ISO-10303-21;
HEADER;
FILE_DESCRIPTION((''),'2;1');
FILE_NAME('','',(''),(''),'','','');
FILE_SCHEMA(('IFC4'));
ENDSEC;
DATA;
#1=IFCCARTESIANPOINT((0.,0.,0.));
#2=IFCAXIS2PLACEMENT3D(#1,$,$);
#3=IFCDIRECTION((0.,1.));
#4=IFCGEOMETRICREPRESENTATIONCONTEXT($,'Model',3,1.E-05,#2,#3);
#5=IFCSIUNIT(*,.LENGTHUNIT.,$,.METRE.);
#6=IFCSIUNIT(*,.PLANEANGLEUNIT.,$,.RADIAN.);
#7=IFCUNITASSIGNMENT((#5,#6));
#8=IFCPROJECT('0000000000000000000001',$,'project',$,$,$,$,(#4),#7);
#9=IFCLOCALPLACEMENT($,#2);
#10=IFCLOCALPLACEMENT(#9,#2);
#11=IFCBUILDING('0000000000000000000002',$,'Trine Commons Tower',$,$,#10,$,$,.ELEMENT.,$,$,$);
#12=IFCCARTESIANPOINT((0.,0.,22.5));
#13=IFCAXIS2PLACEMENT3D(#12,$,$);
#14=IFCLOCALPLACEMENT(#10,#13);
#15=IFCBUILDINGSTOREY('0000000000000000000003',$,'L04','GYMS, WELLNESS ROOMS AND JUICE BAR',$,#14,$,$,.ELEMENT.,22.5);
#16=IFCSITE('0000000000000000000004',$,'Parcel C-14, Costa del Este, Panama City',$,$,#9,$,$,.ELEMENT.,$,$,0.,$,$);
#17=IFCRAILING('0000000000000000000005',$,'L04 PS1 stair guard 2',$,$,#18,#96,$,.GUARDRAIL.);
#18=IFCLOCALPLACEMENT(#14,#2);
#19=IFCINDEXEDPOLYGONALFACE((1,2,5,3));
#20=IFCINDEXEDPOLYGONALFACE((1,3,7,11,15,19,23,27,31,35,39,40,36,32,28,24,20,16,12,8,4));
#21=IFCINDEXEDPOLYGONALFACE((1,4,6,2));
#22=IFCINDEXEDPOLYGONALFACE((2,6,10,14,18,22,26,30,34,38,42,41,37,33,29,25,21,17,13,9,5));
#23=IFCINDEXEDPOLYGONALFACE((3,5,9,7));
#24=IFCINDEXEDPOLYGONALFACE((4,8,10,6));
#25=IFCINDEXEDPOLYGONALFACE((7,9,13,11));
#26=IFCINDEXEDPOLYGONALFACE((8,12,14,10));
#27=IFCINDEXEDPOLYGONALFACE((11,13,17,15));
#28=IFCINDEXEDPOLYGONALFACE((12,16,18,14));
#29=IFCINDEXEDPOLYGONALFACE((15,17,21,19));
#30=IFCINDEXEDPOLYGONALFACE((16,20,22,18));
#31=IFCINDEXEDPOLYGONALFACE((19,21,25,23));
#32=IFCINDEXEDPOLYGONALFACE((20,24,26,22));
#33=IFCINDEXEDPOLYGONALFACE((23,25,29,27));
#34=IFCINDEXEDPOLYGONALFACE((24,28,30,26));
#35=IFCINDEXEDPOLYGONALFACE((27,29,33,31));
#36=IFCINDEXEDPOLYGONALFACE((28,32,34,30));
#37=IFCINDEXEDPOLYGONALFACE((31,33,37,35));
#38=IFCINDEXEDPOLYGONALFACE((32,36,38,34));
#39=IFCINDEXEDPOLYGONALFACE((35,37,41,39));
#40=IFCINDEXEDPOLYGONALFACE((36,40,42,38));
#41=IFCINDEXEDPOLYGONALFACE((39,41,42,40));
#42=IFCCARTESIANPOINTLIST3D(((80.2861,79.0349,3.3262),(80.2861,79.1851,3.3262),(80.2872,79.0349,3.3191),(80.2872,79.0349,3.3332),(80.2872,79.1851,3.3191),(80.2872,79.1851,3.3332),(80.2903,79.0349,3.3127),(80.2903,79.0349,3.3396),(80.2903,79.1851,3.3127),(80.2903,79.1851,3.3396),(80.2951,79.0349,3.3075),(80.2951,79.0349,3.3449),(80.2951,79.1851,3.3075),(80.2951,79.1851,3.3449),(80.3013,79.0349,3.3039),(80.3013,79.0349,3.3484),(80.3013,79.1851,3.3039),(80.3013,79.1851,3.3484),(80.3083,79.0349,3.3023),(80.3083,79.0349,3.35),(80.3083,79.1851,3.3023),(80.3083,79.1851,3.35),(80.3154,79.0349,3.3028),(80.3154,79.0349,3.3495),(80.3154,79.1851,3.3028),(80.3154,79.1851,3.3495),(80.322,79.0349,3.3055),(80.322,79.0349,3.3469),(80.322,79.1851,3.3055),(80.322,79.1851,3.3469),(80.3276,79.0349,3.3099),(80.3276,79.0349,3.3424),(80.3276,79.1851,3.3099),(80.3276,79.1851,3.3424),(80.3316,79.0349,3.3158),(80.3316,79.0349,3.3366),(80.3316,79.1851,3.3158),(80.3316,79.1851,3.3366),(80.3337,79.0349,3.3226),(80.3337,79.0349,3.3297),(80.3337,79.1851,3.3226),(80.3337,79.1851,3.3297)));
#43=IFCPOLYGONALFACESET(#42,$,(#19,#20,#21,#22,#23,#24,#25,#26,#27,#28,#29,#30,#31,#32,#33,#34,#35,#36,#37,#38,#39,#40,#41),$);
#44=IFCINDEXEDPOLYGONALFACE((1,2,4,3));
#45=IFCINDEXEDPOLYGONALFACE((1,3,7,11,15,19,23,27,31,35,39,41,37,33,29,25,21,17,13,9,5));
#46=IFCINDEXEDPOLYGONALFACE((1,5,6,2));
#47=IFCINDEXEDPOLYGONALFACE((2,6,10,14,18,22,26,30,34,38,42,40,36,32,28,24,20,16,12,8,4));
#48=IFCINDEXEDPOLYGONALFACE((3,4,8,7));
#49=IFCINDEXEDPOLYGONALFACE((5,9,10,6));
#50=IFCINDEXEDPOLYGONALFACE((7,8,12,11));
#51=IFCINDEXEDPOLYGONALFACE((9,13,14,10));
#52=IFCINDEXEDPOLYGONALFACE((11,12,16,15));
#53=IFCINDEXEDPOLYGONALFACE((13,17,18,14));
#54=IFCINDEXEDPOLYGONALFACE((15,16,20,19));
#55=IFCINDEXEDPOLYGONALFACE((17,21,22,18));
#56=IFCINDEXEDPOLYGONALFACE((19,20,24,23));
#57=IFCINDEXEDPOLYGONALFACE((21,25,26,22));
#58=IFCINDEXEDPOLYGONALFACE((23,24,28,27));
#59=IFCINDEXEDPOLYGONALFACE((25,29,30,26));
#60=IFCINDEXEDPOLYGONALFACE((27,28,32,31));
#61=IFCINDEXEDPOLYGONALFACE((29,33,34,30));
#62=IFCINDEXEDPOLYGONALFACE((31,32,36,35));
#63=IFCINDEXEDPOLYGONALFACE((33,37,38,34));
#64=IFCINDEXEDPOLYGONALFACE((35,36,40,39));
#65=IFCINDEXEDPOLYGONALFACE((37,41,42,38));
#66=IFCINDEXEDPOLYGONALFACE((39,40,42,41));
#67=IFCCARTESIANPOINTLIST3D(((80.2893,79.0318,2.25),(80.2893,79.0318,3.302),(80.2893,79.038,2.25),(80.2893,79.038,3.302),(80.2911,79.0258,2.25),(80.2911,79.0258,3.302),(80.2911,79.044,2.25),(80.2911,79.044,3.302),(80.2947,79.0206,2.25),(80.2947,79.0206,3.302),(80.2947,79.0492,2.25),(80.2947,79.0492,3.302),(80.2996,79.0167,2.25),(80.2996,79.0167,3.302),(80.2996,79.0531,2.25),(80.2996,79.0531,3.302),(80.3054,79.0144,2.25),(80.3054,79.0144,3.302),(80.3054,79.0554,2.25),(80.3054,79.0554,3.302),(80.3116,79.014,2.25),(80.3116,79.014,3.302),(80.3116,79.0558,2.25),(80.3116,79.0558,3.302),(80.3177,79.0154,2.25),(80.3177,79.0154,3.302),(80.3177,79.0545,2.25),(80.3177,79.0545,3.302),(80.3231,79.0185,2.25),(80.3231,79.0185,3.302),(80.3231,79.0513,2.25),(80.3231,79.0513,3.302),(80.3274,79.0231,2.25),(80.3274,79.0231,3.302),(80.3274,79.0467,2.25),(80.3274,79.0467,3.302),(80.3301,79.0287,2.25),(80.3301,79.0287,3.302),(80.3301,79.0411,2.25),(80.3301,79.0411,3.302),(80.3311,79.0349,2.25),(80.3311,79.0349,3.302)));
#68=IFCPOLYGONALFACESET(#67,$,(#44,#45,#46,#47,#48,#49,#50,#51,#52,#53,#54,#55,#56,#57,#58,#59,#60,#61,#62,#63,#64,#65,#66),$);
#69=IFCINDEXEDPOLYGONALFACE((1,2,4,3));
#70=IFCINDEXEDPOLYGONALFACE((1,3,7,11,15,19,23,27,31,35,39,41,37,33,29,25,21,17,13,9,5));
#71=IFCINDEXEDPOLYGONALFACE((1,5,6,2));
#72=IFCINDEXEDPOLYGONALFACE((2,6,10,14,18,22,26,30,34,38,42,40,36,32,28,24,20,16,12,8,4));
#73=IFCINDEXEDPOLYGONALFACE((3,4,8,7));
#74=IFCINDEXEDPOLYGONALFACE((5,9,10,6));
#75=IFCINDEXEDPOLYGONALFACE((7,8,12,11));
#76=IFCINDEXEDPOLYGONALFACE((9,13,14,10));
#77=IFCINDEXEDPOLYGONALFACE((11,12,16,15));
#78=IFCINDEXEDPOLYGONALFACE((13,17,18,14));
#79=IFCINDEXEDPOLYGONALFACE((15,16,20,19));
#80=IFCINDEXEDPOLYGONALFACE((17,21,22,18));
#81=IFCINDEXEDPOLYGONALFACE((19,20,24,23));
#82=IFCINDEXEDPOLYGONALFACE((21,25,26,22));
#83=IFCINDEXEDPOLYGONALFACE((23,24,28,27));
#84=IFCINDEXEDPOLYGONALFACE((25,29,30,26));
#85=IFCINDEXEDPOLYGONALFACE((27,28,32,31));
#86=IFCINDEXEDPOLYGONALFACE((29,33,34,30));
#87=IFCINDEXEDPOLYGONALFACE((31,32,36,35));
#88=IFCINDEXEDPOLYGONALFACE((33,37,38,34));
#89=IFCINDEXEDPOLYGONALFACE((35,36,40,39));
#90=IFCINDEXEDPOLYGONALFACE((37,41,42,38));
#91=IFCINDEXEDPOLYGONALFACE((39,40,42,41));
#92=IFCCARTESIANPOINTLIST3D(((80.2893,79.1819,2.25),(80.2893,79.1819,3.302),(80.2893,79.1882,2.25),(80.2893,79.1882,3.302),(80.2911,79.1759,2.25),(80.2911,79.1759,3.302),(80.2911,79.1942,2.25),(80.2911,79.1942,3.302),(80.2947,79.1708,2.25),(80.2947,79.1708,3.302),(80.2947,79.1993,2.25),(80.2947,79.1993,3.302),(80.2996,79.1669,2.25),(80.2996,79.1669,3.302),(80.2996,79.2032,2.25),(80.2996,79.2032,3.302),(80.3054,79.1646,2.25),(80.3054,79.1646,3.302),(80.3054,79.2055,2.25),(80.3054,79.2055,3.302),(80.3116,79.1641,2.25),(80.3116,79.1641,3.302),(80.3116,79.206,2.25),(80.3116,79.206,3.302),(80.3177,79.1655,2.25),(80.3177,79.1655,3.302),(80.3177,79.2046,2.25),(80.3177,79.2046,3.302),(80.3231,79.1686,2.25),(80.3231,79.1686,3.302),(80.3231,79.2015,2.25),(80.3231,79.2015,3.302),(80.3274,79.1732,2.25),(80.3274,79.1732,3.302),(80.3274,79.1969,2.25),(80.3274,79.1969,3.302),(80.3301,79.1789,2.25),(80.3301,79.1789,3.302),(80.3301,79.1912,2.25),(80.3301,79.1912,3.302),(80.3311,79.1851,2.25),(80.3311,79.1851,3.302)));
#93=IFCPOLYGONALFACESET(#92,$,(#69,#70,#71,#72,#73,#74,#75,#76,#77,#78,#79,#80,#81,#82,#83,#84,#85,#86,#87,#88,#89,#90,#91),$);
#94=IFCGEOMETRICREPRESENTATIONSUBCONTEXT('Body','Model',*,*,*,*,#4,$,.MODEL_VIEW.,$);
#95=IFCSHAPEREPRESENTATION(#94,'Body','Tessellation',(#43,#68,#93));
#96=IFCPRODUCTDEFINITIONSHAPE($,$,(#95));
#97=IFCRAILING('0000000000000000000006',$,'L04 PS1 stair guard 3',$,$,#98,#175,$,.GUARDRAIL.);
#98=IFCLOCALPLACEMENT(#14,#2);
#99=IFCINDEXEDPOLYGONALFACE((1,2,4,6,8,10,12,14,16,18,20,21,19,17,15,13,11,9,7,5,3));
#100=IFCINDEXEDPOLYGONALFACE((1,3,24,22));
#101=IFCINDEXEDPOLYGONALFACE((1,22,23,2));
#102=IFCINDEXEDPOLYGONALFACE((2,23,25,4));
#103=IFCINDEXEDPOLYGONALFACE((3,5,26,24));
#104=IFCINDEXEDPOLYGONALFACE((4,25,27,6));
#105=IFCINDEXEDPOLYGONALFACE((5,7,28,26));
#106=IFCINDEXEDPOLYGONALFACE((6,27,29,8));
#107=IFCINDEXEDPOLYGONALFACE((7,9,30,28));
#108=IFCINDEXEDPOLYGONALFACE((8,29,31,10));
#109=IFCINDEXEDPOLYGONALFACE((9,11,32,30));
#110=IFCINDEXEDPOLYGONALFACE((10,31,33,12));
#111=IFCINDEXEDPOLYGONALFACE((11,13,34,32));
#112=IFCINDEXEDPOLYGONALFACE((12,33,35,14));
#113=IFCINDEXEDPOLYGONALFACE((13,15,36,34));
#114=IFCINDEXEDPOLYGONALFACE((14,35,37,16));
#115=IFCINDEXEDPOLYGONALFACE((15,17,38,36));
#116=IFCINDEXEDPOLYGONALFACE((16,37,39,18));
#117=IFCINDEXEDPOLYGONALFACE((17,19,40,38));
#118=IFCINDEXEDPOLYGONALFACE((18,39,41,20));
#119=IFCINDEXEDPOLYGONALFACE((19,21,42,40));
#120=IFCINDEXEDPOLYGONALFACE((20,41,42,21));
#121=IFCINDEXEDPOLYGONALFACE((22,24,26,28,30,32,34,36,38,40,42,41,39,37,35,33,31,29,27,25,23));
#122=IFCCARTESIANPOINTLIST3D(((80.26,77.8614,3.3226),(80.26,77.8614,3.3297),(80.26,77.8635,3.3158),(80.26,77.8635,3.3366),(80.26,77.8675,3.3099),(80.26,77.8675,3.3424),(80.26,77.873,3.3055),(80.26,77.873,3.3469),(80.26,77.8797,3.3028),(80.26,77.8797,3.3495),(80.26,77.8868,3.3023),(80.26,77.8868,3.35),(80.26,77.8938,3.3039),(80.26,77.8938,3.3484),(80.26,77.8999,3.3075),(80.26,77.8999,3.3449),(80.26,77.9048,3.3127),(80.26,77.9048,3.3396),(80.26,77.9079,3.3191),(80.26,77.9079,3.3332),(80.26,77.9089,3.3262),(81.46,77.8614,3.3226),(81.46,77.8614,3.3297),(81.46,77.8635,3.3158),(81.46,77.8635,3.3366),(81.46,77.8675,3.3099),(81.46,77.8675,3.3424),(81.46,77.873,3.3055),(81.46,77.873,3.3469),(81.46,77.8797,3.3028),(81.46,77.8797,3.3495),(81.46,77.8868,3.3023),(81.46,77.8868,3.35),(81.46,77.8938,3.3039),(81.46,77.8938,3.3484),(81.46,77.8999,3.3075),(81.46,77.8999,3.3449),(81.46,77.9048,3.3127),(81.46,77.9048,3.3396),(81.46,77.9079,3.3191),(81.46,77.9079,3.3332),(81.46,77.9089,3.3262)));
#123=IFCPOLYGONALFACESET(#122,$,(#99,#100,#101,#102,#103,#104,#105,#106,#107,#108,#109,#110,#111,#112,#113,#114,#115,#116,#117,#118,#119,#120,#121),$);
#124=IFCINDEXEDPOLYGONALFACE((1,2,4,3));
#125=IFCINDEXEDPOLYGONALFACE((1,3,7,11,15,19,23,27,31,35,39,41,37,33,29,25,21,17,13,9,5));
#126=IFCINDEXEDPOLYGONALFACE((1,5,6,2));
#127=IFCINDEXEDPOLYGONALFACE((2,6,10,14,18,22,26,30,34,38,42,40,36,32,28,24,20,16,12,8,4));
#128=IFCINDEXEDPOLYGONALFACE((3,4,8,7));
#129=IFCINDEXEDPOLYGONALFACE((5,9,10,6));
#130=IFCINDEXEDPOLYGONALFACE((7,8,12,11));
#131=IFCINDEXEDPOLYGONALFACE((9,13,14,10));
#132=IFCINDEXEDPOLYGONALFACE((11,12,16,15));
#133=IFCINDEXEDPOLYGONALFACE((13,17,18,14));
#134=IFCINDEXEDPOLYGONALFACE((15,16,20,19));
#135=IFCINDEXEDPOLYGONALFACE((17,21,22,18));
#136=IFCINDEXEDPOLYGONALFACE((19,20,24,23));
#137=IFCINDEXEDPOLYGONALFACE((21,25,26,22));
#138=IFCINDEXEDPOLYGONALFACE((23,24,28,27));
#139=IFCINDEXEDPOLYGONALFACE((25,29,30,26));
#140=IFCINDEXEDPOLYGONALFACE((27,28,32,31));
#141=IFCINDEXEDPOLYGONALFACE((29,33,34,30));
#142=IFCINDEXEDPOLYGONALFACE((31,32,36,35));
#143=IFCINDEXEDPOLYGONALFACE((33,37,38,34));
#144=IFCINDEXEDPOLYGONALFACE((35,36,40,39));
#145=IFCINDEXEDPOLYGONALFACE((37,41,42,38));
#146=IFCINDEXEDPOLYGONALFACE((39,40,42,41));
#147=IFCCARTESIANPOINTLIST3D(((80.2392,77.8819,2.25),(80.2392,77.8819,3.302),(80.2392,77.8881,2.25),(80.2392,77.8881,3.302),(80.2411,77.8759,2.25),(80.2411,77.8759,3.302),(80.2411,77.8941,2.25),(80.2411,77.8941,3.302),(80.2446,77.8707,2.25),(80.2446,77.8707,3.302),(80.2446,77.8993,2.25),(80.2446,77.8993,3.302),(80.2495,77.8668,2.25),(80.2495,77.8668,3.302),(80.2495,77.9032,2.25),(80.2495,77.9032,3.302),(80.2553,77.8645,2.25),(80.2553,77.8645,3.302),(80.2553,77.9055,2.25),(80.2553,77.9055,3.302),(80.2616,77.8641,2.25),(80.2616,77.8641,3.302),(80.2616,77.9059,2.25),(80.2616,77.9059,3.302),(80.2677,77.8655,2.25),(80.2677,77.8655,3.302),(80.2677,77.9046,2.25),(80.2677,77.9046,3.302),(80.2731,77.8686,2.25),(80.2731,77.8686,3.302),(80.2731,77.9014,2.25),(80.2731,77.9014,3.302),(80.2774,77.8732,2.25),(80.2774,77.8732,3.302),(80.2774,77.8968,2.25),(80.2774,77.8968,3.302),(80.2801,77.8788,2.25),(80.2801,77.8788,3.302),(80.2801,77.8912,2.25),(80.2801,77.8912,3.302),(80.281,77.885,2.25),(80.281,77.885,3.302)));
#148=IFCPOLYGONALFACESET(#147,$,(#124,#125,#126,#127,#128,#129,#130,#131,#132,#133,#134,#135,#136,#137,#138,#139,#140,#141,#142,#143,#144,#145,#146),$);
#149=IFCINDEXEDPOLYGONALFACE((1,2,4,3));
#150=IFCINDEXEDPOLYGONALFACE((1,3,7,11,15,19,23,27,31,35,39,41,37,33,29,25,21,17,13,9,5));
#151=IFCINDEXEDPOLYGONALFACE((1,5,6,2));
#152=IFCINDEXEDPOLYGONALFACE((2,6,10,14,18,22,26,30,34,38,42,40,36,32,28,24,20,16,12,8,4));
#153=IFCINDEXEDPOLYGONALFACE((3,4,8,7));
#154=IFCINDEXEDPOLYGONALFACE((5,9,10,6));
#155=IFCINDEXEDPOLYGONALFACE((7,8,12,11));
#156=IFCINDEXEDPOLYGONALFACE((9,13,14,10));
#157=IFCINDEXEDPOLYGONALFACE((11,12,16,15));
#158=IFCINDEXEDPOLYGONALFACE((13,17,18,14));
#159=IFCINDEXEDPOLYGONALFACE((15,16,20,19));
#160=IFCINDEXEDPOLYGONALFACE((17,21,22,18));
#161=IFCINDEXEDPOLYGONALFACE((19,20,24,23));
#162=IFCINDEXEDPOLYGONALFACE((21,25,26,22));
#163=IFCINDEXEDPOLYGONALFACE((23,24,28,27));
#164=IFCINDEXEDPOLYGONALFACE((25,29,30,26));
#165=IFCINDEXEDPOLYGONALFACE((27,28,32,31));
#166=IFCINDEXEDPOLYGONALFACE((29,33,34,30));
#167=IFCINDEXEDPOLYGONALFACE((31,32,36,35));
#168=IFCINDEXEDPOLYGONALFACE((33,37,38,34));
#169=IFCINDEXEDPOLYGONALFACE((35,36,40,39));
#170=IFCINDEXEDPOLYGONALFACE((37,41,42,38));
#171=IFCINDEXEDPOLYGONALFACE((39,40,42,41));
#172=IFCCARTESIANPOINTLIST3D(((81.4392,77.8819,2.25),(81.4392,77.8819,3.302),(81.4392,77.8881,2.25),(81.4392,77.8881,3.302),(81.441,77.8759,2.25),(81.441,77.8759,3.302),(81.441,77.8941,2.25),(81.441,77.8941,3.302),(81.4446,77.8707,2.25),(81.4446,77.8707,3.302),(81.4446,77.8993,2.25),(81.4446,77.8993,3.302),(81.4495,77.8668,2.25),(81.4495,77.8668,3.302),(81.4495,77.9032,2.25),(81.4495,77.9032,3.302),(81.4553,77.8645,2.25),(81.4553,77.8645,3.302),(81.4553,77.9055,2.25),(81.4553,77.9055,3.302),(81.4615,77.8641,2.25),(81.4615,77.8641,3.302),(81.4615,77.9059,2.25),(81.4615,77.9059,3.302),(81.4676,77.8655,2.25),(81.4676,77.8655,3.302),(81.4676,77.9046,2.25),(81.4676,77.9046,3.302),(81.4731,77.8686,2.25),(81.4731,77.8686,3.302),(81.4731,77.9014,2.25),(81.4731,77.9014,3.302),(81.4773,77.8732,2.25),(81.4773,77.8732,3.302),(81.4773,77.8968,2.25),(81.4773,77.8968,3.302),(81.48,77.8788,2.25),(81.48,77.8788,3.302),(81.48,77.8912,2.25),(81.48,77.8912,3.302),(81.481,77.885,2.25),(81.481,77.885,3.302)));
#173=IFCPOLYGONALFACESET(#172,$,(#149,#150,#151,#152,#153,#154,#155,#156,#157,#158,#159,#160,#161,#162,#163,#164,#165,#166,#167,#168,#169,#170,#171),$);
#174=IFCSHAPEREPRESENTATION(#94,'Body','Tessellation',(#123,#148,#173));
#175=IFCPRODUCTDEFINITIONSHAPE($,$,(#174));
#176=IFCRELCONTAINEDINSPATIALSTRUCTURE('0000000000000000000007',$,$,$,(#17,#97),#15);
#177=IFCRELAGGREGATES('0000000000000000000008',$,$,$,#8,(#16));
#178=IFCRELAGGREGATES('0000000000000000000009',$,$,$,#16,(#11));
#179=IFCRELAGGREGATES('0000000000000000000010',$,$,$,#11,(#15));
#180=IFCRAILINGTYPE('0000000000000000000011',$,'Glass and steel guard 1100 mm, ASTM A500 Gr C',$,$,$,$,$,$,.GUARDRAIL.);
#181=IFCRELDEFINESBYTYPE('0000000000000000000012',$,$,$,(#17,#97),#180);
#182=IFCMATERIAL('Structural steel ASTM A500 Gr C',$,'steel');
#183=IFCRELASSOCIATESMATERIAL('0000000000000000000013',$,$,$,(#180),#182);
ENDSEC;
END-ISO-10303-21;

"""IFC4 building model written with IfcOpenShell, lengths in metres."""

from ifc_helpers import new_model, si_unit, direction, frame, origin, origin_2d, place, context, subcontext, project, spatial, circle, extrude, material, type_object, element, save


model = new_model("IFC4")

# Units and contexts
model_context = context("Model", 3, precision=1e-05, world=origin(), true_north=direction((0.0, 1.0)))
body_context = subcontext(model_context, "Body", "Model", "MODEL_VIEW")
ifc_project = project(units=[si_unit("LENGTHUNIT", "METRE"), si_unit("PLANEANGLEUNIT", "RADIAN")], contexts=[model_context])

# Site, building, storey
site_placement = place(None, origin())
site = spatial("IfcSite", under=ifc_project, at=site_placement, Name="Parcel C-14, Costa del Este, Panama City", CompositionType="ELEMENT", RefElevation=0.0)
building_placement = place(site_placement, origin())
building = spatial("IfcBuilding", under=site, at=building_placement, Name="Trine Commons Tower", CompositionType="ELEMENT")
storey_placement = place(building_placement, frame((0.0, 0.0, 22.5)))
storey = spatial("IfcBuildingStorey", under=building, at=storey_placement, Name="L04", Description="GYMS, WELLNESS ROOMS AND JUICE BAR", CompositionType="ELEMENT", Elevation=22.5)

# Railings
ifc_material_1 = material(Name="Structural steel ASTM A500 Gr C", Category="steel")
railing_type_1 = type_object("IfcRailingType", Name="Glass and steel guard 1100 mm, ASTM A500 Gr C", PredefinedType="GUARDRAIL", material=ifc_material_1)
railing_1_placement = place(storey_placement, frame((80.3101, 79.0349, 2.25)))
element("IfcRailing", 1, at=railing_1_placement, inside=storey, type_object=railing_type_1, Name="L04 PS1 stair guard 2", PredefinedType="GUARDRAIL", context=body_context, shape_type="SweptSolid", body=[
    extrude(circle(Radius=0.0239, at=origin_2d()), frame((0.0, 0.0, 1.0762), z_axis=(0.0, 1.0, 0.0), x_axis=(-1.0, 0.0, 0.0)), (0.0, 0.0, 1.0), 0.1501),
    extrude(circle(Radius=0.021, at=origin_2d()), origin(), (0.0, 0.0, 1.0), 1.052),
    extrude(circle(Radius=0.021, at=origin_2d()), frame((0.0, 0.1501, 0.0)), (0.0, 0.0, 1.0), 1.052),
])
for number, where, name in (
    (2, (80.26, 77.885, 2.25), "L04 PS1 stair guard 3"),
):
    element("IfcRailing", number, at=place(storey_placement, frame(where)), inside=storey, type_object=railing_type_1, Name=name, PredefinedType="GUARDRAIL", context=body_context, shape_type="SweptSolid", body=[
        extrude(circle(Radius=0.0239, at=origin_2d()), frame((0.0, 0.0, 1.0762), z_axis=(1.0, 0.0, 0.0), x_axis=(0.0, 1.0, 0.0)), (0.0, 0.0, 1.0), 1.2),
        extrude(circle(Radius=0.021, at=origin_2d()), origin(), (0.0, 0.0, 1.0), 1.052),
        extrude(circle(Radius=0.021, at=origin_2d()), frame((1.2, 0.0, 0.0)), (0.0, 0.0, 1.0), 1.052),
    ])

save(model, "model.ifc")
